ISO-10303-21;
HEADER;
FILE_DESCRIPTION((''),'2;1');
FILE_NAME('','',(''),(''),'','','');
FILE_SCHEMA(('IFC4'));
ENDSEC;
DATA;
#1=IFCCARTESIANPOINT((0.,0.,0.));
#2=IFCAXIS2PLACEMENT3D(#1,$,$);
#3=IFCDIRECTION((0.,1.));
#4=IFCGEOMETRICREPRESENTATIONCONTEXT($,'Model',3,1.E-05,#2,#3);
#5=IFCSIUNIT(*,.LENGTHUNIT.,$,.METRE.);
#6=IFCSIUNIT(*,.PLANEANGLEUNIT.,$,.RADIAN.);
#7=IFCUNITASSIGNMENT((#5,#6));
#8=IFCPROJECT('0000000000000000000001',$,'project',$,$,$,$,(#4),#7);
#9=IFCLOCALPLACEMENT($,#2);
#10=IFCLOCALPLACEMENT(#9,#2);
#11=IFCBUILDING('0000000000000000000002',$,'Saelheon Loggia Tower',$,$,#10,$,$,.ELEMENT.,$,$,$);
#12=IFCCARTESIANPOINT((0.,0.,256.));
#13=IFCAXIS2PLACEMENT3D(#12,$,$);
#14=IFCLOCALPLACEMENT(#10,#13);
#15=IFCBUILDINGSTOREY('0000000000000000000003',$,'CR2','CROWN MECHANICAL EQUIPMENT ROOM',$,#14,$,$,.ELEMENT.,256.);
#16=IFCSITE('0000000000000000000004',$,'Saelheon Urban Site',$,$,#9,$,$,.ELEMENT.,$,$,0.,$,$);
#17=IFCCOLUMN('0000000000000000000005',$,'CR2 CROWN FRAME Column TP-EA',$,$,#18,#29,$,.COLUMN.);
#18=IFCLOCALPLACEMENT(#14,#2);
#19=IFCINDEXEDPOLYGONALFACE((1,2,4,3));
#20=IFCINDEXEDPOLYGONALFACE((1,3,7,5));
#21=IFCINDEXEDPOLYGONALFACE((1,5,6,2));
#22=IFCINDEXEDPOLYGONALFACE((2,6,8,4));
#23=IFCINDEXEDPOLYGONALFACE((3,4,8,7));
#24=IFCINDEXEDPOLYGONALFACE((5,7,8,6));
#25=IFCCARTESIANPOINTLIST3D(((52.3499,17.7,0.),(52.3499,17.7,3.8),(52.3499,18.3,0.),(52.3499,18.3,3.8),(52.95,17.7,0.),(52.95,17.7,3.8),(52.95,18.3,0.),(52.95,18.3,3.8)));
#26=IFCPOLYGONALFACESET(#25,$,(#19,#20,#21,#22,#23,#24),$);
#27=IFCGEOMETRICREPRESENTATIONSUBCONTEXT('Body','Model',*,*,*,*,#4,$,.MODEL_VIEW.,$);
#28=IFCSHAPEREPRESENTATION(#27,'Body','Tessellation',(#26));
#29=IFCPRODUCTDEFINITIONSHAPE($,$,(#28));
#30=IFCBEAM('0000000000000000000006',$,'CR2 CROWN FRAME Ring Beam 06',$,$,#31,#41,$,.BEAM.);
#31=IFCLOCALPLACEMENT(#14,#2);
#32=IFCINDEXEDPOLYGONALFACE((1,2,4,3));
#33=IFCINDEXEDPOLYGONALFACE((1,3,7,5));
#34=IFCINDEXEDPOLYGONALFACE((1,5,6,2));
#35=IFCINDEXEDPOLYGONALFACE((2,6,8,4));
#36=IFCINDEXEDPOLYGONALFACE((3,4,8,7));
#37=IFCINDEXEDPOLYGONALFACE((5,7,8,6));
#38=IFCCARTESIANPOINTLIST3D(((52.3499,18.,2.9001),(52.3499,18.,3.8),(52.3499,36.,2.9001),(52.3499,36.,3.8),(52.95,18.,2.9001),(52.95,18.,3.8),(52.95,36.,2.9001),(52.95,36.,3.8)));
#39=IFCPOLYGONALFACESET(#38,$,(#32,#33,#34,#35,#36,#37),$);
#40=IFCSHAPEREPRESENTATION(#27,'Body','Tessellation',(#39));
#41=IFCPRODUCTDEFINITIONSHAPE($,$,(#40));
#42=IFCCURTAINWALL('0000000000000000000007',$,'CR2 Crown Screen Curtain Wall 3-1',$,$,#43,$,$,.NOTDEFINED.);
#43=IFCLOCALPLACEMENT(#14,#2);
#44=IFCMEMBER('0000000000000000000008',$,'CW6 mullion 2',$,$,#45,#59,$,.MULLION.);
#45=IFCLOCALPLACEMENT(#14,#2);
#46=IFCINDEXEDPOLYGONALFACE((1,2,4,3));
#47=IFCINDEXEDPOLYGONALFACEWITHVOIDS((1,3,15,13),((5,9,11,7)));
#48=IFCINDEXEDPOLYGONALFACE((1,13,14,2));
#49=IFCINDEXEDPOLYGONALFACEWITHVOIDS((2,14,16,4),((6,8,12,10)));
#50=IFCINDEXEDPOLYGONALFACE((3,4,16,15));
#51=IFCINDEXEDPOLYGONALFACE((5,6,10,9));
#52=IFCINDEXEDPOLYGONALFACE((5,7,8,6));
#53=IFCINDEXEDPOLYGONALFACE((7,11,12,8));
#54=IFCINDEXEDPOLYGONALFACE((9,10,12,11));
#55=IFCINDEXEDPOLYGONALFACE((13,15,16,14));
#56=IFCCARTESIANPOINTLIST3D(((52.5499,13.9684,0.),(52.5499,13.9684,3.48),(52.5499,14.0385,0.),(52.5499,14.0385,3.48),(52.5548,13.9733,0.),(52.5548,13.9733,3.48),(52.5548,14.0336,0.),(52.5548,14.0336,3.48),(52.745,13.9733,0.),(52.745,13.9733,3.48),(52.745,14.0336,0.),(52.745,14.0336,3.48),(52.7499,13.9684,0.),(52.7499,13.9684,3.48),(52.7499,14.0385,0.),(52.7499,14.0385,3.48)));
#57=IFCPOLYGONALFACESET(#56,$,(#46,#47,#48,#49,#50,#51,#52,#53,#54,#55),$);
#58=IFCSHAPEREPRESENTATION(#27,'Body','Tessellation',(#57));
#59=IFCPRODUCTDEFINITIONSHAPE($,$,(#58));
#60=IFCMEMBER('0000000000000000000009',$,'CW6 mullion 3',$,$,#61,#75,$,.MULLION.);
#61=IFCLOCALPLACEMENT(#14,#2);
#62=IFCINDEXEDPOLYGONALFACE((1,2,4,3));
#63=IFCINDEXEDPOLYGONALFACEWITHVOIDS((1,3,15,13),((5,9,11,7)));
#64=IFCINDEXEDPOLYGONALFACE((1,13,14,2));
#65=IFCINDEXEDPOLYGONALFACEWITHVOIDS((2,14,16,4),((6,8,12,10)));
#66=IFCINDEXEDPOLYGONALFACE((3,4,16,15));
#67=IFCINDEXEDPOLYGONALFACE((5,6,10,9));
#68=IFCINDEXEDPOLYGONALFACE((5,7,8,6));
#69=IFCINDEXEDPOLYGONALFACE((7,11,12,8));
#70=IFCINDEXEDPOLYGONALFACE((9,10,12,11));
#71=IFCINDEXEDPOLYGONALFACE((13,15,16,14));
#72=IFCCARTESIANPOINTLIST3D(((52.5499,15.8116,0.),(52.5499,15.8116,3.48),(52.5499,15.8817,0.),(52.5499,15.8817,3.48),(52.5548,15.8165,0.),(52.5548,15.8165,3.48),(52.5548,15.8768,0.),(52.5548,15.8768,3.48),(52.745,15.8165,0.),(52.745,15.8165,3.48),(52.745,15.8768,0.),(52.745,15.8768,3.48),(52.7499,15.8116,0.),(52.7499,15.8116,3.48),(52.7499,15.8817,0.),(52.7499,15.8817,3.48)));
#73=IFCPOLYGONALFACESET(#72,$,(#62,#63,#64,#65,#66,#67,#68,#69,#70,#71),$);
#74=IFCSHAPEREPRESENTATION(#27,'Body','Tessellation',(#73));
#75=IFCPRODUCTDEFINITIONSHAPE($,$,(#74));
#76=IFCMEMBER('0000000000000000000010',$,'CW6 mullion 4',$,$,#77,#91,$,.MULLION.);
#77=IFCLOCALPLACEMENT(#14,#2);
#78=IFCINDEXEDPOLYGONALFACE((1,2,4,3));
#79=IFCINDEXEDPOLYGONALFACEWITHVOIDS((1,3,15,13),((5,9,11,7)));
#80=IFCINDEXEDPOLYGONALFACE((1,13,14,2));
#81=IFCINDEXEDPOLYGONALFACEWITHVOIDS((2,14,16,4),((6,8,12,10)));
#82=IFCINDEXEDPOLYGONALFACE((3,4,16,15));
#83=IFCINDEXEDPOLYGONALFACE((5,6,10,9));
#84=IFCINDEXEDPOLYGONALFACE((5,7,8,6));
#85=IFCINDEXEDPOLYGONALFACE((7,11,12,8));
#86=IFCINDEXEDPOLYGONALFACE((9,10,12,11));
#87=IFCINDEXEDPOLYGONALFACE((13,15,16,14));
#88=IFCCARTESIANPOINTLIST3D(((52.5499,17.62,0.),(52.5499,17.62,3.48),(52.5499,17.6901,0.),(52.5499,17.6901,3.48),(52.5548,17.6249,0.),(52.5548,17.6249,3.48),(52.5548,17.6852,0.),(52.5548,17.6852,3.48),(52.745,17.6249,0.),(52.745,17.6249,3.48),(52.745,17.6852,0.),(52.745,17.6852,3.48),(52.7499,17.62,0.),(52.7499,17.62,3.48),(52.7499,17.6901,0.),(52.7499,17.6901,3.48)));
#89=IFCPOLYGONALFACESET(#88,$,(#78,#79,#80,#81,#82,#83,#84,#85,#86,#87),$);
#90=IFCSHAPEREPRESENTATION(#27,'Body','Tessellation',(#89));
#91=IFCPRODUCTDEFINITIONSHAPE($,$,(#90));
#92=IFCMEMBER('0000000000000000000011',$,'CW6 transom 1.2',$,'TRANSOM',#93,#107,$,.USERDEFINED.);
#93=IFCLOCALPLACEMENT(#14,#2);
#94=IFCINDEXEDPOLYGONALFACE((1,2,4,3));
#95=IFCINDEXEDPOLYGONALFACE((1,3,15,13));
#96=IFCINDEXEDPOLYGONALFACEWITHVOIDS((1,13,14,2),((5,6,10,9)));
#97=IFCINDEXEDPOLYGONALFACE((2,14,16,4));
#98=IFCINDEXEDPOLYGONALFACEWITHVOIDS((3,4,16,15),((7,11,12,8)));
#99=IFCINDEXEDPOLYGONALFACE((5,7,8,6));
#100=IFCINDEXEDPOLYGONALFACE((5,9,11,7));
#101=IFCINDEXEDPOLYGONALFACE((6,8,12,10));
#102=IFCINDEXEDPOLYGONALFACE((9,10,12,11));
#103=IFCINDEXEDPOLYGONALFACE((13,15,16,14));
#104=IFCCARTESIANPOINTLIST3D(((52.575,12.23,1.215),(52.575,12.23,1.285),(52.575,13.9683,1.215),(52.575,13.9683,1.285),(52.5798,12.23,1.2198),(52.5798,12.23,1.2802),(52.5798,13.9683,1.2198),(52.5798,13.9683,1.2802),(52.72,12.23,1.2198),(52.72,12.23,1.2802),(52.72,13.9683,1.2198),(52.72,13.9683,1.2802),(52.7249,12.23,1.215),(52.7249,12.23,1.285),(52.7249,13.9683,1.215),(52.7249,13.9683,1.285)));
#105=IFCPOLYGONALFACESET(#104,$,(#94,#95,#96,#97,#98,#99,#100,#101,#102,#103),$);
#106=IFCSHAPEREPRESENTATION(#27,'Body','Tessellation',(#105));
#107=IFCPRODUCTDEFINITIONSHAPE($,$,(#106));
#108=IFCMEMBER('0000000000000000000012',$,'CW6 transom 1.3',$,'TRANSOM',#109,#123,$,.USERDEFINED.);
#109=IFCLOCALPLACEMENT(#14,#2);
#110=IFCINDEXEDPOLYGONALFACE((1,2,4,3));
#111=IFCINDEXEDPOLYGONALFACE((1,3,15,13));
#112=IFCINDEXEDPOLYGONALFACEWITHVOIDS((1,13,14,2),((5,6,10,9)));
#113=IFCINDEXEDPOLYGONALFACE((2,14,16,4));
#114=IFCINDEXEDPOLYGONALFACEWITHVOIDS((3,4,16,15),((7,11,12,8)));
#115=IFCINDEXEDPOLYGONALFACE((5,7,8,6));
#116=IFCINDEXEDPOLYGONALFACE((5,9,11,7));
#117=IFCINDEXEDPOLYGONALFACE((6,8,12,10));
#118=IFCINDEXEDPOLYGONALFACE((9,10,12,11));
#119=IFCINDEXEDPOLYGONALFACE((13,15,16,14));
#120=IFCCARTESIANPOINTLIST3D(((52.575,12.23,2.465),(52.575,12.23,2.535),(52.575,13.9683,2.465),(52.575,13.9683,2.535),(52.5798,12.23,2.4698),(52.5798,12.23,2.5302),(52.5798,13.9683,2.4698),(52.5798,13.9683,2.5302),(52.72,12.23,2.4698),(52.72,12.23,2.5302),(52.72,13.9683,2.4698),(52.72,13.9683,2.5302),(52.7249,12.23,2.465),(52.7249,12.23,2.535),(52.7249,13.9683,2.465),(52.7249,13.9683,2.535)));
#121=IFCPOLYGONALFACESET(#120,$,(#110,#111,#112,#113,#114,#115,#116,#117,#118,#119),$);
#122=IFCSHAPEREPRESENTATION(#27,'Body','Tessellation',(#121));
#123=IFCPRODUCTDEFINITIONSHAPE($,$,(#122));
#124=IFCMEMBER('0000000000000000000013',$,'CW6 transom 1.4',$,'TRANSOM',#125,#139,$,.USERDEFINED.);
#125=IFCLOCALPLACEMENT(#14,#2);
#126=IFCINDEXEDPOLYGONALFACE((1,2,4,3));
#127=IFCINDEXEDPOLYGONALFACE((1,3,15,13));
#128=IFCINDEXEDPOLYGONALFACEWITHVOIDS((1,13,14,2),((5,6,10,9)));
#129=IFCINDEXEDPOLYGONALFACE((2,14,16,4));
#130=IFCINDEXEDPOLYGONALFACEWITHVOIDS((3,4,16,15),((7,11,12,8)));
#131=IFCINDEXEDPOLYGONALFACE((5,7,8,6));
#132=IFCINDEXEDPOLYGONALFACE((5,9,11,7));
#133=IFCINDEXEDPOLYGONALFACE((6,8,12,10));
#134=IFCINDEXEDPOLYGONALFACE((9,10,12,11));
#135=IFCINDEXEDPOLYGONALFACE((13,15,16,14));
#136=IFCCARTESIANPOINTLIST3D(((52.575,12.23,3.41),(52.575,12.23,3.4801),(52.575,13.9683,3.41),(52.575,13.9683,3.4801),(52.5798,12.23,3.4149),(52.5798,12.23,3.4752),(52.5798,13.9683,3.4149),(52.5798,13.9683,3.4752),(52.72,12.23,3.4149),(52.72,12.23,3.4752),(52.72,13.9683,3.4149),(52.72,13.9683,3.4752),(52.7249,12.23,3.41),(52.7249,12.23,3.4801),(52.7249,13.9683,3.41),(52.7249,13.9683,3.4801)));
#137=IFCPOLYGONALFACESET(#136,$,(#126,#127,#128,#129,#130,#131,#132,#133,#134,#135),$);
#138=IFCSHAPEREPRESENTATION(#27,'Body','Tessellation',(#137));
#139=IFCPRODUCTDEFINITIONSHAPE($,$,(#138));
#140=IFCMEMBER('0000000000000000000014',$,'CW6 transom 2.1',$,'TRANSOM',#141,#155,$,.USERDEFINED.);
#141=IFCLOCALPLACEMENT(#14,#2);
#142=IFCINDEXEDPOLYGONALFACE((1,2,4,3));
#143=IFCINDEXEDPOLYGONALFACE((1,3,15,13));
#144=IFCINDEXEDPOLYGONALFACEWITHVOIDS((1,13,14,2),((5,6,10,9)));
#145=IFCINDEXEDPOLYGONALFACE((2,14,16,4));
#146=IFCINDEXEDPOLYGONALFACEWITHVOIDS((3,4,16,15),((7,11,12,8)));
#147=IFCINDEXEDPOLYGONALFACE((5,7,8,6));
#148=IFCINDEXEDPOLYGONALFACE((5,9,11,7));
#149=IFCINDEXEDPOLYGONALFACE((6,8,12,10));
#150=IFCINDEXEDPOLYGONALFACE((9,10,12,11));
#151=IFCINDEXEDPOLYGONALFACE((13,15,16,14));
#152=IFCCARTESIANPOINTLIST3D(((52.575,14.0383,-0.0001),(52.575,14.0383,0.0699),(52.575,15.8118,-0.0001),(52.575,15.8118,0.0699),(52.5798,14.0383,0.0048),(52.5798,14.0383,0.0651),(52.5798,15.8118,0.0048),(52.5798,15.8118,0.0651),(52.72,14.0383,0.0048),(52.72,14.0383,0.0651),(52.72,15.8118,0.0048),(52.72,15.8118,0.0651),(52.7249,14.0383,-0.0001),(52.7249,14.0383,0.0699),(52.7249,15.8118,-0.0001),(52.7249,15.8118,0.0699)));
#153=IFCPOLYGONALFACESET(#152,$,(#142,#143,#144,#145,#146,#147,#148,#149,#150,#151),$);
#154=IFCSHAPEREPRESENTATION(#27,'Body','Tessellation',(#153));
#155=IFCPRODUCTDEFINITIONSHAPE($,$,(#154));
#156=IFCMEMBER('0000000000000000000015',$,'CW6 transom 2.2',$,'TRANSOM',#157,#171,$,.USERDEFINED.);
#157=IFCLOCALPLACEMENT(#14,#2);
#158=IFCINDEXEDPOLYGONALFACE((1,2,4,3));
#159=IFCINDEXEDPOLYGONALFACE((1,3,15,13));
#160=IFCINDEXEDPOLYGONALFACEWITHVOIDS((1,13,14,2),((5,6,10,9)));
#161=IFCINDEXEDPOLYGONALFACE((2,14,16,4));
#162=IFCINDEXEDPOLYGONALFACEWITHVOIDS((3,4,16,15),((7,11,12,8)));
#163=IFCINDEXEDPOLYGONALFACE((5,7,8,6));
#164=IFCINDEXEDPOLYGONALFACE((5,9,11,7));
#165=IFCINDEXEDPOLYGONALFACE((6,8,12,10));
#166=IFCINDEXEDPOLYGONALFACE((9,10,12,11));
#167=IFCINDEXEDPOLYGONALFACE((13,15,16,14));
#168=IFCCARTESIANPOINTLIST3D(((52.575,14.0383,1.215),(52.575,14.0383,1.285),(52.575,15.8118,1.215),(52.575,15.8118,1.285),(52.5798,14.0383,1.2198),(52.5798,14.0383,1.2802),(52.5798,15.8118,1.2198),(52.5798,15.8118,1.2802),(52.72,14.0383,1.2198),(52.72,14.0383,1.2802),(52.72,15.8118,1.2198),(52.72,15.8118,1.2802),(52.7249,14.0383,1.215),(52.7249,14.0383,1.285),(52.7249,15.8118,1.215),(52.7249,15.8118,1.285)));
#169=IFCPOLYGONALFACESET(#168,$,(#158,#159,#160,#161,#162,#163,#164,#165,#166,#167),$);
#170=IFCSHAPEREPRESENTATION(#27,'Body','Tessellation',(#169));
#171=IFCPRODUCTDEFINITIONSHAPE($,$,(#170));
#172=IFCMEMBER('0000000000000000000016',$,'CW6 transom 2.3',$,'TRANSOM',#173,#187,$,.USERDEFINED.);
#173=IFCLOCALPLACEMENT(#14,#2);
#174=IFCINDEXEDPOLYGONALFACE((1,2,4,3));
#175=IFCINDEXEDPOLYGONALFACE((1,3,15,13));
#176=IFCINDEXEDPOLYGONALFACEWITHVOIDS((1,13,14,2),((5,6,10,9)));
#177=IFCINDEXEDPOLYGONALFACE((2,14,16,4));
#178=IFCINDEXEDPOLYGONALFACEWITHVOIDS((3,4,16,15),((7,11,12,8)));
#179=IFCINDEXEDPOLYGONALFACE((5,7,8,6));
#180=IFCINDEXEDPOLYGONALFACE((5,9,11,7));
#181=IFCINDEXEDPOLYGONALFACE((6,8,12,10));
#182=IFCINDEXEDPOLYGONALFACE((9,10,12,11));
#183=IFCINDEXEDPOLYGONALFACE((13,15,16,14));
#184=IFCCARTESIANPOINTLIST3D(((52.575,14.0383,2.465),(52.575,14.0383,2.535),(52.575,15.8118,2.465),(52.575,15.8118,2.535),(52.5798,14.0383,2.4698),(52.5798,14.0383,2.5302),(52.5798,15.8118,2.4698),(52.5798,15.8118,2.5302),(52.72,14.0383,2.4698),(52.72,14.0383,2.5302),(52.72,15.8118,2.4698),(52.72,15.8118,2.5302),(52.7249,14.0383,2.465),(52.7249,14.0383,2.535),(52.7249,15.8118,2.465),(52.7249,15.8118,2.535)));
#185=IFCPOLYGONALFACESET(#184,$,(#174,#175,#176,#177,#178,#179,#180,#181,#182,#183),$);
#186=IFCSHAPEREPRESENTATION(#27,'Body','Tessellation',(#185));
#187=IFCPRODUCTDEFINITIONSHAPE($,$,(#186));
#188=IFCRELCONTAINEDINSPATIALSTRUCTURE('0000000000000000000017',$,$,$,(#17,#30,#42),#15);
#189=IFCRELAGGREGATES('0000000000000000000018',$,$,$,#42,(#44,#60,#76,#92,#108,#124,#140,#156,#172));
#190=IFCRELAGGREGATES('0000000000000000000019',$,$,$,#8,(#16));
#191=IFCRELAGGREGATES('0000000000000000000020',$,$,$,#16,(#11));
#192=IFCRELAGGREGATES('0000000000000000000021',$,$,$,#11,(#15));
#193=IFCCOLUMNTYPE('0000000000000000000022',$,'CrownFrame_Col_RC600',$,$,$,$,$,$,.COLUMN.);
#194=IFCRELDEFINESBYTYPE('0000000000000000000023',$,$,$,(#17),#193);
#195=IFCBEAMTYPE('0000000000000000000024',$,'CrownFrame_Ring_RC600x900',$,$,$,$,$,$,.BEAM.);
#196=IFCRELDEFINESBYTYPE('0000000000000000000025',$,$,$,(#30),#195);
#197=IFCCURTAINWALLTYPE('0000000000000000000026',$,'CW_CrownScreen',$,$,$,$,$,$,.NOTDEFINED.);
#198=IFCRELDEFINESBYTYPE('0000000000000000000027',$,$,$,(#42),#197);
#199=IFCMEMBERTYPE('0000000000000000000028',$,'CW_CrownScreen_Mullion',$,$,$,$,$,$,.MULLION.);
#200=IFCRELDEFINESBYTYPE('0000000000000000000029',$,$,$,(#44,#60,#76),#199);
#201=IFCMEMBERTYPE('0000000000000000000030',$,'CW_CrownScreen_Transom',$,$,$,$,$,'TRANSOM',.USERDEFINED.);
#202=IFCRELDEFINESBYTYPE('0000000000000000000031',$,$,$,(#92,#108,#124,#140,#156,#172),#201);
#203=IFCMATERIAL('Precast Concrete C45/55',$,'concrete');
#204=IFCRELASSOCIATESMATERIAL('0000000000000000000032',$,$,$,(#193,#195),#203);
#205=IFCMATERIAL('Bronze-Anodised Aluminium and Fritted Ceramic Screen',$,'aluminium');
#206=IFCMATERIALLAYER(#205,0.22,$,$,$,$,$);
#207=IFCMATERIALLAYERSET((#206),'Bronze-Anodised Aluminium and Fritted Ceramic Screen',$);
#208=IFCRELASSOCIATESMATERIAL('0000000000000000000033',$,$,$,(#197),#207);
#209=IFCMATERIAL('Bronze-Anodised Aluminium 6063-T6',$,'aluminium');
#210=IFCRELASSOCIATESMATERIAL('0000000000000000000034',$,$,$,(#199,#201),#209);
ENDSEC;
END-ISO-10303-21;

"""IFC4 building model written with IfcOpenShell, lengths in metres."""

from ifc_helpers import new_model, si_unit, direction, frame, origin, origin_2d, place, context, subcontext, project, spatial, rectangle, hollow_rectangle, extrude, source, transform, mapped, material, layer, layer_set, material_profile, profile_set, type_object, element, aggregate, save


model = new_model("IFC4")

# Units and contexts
model_context = context("Model", 3, precision=1e-05, world=origin(), true_north=direction((0.0, 1.0)))
body_context = subcontext(model_context, "Body", "Model", "MODEL_VIEW")
ifc_project = project(units=[si_unit("LENGTHUNIT", "METRE"), si_unit("PLANEANGLEUNIT", "RADIAN")], contexts=[model_context])

# Site, building, storey
site_placement = place(None, origin())
site = spatial("IfcSite", under=ifc_project, at=site_placement, Name="Saelheon Urban Site", CompositionType="ELEMENT", RefElevation=0.0)
building_placement = place(site_placement, origin())
building = spatial("IfcBuilding", under=site, at=building_placement, Name="Saelheon Loggia Tower", CompositionType="ELEMENT")
storey_placement = place(building_placement, frame((0.0, 0.0, 256.0)))
storey = spatial("IfcBuildingStorey", under=building, at=storey_placement, Name="CR2", Description="CROWN MECHANICAL EQUIPMENT ROOM", CompositionType="ELEMENT", Elevation=256.0)

# Column
ifc_material_1 = material(Name="Precast Concrete C45/55", Category="concrete")
ifc_material_profile_1 = material_profile(ifc_material_1, rectangle(XDim=0.6001, YDim=0.6001, at=origin_2d()), Name="RC-600x600")
ifc_profile_set_1 = profile_set([ifc_material_profile_1], Name="Precast Concrete C45/55")
column_type = type_object("IfcColumnType", Name="CrownFrame_Col_RC600", PredefinedType="COLUMN", material=ifc_profile_set_1)
shared_shape_1 = source(origin(), body_context, "Body", "SweptSolid", [
    extrude(rectangle(XDim=0.6001, YDim=0.6001, at=origin_2d()), origin(), (0.0, 0.0, 1.0), 3.8),
])
column_placement = place(storey_placement, frame((52.6499, 18.0, 0.0), z_axis=(0.0, 0.0, 1.0), x_axis=(1.0, 0.0, 0.0)))
element("IfcColumn", 1, at=column_placement, inside=storey, type_object=column_type, Name="CR2 CROWN FRAME Column TP-EA", PredefinedType="COLUMN", context=body_context, shape_type="MappedRepresentation", body=[
    mapped(shared_shape_1, transform((0.0, 0.0, 0.0), scale=1.0)),
])

# Beam
ifc_material_profile_2 = material_profile(ifc_material_1, rectangle(XDim=0.6001, YDim=0.8999, at=origin_2d()), Name="RC-600x900")
ifc_profile_set_2 = profile_set([ifc_material_profile_2], Name="Precast Concrete C45/55")
beam_type = type_object("IfcBeamType", Name="CrownFrame_Ring_RC600x900", PredefinedType="BEAM", material=ifc_profile_set_2)
shared_shape_2 = source(origin(), body_context, "Body", "SweptSolid", [
    extrude(rectangle(XDim=0.6001, YDim=0.8999, at=origin_2d()), origin(), (0.0, 0.0, 1.0), 18.0),
])
beam_placement = place(storey_placement, frame((52.6499, 18.0, 3.3501), z_axis=(0.0, 1.0, 0.0), x_axis=(-1.0, 0.0, 0.0)))
element("IfcBeam", 2, at=beam_placement, inside=storey, type_object=beam_type, Name="CR2 CROWN FRAME Ring Beam 06", PredefinedType="BEAM", context=body_context, shape_type="MappedRepresentation", body=[
    mapped(shared_shape_2, transform((0.0, 0.0, 0.0), scale=1.0)),
])

# Curtain wall, members
ifc_material_2 = material(Name="Bronze-Anodised Aluminium and Fritted Ceramic Screen", Category="aluminium")
ifc_layer_1 = layer(ifc_material_2, 0.22)
ifc_layer_set_1 = layer_set([ifc_layer_1], Name="Bronze-Anodised Aluminium and Fritted Ceramic Screen")
curtain_wall_type = type_object("IfcCurtainWallType", Name="CW_CrownScreen", PredefinedType="NOTDEFINED", material=ifc_layer_set_1)
curtain_wall_placement = place(storey_placement, origin())
curtain_wall = element("IfcCurtainWall", 3, at=curtain_wall_placement, inside=storey, type_object=curtain_wall_type, Name="CR2 Crown Screen Curtain Wall 3-1", PredefinedType="NOTDEFINED")
ifc_material_3 = material(Name="Bronze-Anodised Aluminium 6063-T6", Category="aluminium")
ifc_material_profile_3 = material_profile(ifc_material_3, hollow_rectangle(XDim=0.0701, YDim=0.2, WallThickness=0.0049, at=origin_2d()), Name="RHS-200x70x5")
ifc_profile_set_3 = profile_set([ifc_material_profile_3], Name="Bronze-Anodised Aluminium 6063-T6")
member_type_1 = type_object("IfcMemberType", Name="CW_CrownScreen_Mullion", PredefinedType="MULLION", material=ifc_profile_set_3)
shared_shape_3 = source(origin(), body_context, "Body", "SweptSolid", [
    extrude(hollow_rectangle(XDim=0.0701, YDim=0.2, WallThickness=0.0049, at=origin_2d()), origin(), (0.0, 0.0, 1.0), 3.48),
])
member_1_placement = place(storey_placement, frame((52.6499, 14.0034, 0.0), z_axis=(0.0, 0.0, 1.0), x_axis=(0.0, 1.0, 0.0)))
member_1 = element("IfcMember", 4, at=member_1_placement, type_object=member_type_1, Name="CW6 mullion 2", PredefinedType="MULLION", context=body_context, shape_type="MappedRepresentation", body=[
    mapped(shared_shape_3, transform((0.0, 0.0, 0.0), scale=1.0)),
])
member_2_placement = place(storey_placement, frame((52.6499, 15.8467, 0.0), z_axis=(0.0, 0.0, 1.0), x_axis=(0.0, 1.0, 0.0)))
member_2 = element("IfcMember", 5, at=member_2_placement, type_object=member_type_1, Name="CW6 mullion 3", PredefinedType="MULLION", context=body_context, shape_type="MappedRepresentation", body=[
    mapped(shared_shape_3, transform((0.0, 0.0, 0.0), scale=1.0)),
])
member_3_placement = place(storey_placement, frame((52.6499, 17.655, 0.0), z_axis=(0.0, 0.0, 1.0), x_axis=(0.0, 1.0, 0.0)))
member_3 = element("IfcMember", 6, at=member_3_placement, type_object=member_type_1, Name="CW6 mullion 4", PredefinedType="MULLION", context=body_context, shape_type="MappedRepresentation", body=[
    mapped(shared_shape_3, transform((0.0, 0.0, 0.0), scale=1.0)),
])
ifc_material_profile_4 = material_profile(ifc_material_3, hollow_rectangle(XDim=0.0701, YDim=0.1499, WallThickness=0.0049, at=origin_2d()), Name="RHS-150x70x5")
ifc_profile_set_4 = profile_set([ifc_material_profile_4], Name="Bronze-Anodised Aluminium 6063-T6")
member_type_2 = type_object("IfcMemberType", Name="CW_CrownScreen_Transom", ElementType="TRANSOM", PredefinedType="USERDEFINED", material=ifc_profile_set_4)
shared_shape_4 = source(origin(), body_context, "Body", "SweptSolid", [
    extrude(hollow_rectangle(XDim=0.0701, YDim=0.1499, WallThickness=0.0049, at=origin_2d()), origin(), (0.0, 0.0, 1.0), 1.7383),
])
member_4_placement = place(storey_placement, frame((52.6499, 12.23, 1.25), z_axis=(0.0, 1.0, 0.0), x_axis=(0.0, 0.0, 1.0)))
member_4 = element("IfcMember", 7, at=member_4_placement, type_object=member_type_2, Name="CW6 transom 1.2", ObjectType="TRANSOM", PredefinedType="USERDEFINED", context=body_context, shape_type="MappedRepresentation", body=[
    mapped(shared_shape_4, transform((0.0, 0.0, 0.0), scale=1.0)),
])
member_5_placement = place(storey_placement, frame((52.6499, 12.23, 2.5), z_axis=(0.0, 1.0, 0.0), x_axis=(0.0, 0.0, 1.0)))
member_5 = element("IfcMember", 8, at=member_5_placement, type_object=member_type_2, Name="CW6 transom 1.3", ObjectType="TRANSOM", PredefinedType="USERDEFINED", context=body_context, shape_type="MappedRepresentation", body=[
    mapped(shared_shape_4, transform((0.0, 0.0, 0.0), scale=1.0)),
])
member_6_placement = place(storey_placement, frame((52.6499, 12.23, 3.4451), z_axis=(0.0, 1.0, 0.0), x_axis=(0.0, 0.0, 1.0)))
member_6 = element("IfcMember", 9, at=member_6_placement, type_object=member_type_2, Name="CW6 transom 1.4", ObjectType="TRANSOM", PredefinedType="USERDEFINED", context=body_context, shape_type="MappedRepresentation", body=[
    mapped(shared_shape_4, transform((0.0, 0.0, 0.0), scale=1.0)),
])
shared_shape_5 = source(origin(), body_context, "Body", "SweptSolid", [
    extrude(hollow_rectangle(XDim=0.0701, YDim=0.1499, WallThickness=0.0049, at=origin_2d()), origin(), (0.0, 0.0, 1.0), 1.7734),
])
member_7_placement = place(storey_placement, frame((52.6499, 14.0383, 0.0349), z_axis=(0.0, 1.0, 0.0), x_axis=(0.0, 0.0, 1.0)))
member_7 = element("IfcMember", 10, at=member_7_placement, type_object=member_type_2, Name="CW6 transom 2.1", ObjectType="TRANSOM", PredefinedType="USERDEFINED", context=body_context, shape_type="MappedRepresentation", body=[
    mapped(shared_shape_5, transform((0.0, 0.0, 0.0), scale=1.0)),
])
member_8_placement = place(storey_placement, frame((52.6499, 14.0383, 1.25), z_axis=(0.0, 1.0, 0.0), x_axis=(0.0, 0.0, 1.0)))
member_8 = element("IfcMember", 11, at=member_8_placement, type_object=member_type_2, Name="CW6 transom 2.2", ObjectType="TRANSOM", PredefinedType="USERDEFINED", context=body_context, shape_type="MappedRepresentation", body=[
    mapped(shared_shape_5, transform((0.0, 0.0, 0.0), scale=1.0)),
])
member_9_placement = place(storey_placement, frame((52.6499, 14.0383, 2.5), z_axis=(0.0, 1.0, 0.0), x_axis=(0.0, 0.0, 1.0)))
member_9 = element("IfcMember", 12, at=member_9_placement, type_object=member_type_2, Name="CW6 transom 2.3", ObjectType="TRANSOM", PredefinedType="USERDEFINED", context=body_context, shape_type="MappedRepresentation", body=[
    mapped(shared_shape_5, transform((0.0, 0.0, 0.0), scale=1.0)),
])
aggregate(curtain_wall, [member_1, member_2, member_3, member_4, member_5, member_6, member_7, member_8, member_9])

save(model, "model.ifc")
